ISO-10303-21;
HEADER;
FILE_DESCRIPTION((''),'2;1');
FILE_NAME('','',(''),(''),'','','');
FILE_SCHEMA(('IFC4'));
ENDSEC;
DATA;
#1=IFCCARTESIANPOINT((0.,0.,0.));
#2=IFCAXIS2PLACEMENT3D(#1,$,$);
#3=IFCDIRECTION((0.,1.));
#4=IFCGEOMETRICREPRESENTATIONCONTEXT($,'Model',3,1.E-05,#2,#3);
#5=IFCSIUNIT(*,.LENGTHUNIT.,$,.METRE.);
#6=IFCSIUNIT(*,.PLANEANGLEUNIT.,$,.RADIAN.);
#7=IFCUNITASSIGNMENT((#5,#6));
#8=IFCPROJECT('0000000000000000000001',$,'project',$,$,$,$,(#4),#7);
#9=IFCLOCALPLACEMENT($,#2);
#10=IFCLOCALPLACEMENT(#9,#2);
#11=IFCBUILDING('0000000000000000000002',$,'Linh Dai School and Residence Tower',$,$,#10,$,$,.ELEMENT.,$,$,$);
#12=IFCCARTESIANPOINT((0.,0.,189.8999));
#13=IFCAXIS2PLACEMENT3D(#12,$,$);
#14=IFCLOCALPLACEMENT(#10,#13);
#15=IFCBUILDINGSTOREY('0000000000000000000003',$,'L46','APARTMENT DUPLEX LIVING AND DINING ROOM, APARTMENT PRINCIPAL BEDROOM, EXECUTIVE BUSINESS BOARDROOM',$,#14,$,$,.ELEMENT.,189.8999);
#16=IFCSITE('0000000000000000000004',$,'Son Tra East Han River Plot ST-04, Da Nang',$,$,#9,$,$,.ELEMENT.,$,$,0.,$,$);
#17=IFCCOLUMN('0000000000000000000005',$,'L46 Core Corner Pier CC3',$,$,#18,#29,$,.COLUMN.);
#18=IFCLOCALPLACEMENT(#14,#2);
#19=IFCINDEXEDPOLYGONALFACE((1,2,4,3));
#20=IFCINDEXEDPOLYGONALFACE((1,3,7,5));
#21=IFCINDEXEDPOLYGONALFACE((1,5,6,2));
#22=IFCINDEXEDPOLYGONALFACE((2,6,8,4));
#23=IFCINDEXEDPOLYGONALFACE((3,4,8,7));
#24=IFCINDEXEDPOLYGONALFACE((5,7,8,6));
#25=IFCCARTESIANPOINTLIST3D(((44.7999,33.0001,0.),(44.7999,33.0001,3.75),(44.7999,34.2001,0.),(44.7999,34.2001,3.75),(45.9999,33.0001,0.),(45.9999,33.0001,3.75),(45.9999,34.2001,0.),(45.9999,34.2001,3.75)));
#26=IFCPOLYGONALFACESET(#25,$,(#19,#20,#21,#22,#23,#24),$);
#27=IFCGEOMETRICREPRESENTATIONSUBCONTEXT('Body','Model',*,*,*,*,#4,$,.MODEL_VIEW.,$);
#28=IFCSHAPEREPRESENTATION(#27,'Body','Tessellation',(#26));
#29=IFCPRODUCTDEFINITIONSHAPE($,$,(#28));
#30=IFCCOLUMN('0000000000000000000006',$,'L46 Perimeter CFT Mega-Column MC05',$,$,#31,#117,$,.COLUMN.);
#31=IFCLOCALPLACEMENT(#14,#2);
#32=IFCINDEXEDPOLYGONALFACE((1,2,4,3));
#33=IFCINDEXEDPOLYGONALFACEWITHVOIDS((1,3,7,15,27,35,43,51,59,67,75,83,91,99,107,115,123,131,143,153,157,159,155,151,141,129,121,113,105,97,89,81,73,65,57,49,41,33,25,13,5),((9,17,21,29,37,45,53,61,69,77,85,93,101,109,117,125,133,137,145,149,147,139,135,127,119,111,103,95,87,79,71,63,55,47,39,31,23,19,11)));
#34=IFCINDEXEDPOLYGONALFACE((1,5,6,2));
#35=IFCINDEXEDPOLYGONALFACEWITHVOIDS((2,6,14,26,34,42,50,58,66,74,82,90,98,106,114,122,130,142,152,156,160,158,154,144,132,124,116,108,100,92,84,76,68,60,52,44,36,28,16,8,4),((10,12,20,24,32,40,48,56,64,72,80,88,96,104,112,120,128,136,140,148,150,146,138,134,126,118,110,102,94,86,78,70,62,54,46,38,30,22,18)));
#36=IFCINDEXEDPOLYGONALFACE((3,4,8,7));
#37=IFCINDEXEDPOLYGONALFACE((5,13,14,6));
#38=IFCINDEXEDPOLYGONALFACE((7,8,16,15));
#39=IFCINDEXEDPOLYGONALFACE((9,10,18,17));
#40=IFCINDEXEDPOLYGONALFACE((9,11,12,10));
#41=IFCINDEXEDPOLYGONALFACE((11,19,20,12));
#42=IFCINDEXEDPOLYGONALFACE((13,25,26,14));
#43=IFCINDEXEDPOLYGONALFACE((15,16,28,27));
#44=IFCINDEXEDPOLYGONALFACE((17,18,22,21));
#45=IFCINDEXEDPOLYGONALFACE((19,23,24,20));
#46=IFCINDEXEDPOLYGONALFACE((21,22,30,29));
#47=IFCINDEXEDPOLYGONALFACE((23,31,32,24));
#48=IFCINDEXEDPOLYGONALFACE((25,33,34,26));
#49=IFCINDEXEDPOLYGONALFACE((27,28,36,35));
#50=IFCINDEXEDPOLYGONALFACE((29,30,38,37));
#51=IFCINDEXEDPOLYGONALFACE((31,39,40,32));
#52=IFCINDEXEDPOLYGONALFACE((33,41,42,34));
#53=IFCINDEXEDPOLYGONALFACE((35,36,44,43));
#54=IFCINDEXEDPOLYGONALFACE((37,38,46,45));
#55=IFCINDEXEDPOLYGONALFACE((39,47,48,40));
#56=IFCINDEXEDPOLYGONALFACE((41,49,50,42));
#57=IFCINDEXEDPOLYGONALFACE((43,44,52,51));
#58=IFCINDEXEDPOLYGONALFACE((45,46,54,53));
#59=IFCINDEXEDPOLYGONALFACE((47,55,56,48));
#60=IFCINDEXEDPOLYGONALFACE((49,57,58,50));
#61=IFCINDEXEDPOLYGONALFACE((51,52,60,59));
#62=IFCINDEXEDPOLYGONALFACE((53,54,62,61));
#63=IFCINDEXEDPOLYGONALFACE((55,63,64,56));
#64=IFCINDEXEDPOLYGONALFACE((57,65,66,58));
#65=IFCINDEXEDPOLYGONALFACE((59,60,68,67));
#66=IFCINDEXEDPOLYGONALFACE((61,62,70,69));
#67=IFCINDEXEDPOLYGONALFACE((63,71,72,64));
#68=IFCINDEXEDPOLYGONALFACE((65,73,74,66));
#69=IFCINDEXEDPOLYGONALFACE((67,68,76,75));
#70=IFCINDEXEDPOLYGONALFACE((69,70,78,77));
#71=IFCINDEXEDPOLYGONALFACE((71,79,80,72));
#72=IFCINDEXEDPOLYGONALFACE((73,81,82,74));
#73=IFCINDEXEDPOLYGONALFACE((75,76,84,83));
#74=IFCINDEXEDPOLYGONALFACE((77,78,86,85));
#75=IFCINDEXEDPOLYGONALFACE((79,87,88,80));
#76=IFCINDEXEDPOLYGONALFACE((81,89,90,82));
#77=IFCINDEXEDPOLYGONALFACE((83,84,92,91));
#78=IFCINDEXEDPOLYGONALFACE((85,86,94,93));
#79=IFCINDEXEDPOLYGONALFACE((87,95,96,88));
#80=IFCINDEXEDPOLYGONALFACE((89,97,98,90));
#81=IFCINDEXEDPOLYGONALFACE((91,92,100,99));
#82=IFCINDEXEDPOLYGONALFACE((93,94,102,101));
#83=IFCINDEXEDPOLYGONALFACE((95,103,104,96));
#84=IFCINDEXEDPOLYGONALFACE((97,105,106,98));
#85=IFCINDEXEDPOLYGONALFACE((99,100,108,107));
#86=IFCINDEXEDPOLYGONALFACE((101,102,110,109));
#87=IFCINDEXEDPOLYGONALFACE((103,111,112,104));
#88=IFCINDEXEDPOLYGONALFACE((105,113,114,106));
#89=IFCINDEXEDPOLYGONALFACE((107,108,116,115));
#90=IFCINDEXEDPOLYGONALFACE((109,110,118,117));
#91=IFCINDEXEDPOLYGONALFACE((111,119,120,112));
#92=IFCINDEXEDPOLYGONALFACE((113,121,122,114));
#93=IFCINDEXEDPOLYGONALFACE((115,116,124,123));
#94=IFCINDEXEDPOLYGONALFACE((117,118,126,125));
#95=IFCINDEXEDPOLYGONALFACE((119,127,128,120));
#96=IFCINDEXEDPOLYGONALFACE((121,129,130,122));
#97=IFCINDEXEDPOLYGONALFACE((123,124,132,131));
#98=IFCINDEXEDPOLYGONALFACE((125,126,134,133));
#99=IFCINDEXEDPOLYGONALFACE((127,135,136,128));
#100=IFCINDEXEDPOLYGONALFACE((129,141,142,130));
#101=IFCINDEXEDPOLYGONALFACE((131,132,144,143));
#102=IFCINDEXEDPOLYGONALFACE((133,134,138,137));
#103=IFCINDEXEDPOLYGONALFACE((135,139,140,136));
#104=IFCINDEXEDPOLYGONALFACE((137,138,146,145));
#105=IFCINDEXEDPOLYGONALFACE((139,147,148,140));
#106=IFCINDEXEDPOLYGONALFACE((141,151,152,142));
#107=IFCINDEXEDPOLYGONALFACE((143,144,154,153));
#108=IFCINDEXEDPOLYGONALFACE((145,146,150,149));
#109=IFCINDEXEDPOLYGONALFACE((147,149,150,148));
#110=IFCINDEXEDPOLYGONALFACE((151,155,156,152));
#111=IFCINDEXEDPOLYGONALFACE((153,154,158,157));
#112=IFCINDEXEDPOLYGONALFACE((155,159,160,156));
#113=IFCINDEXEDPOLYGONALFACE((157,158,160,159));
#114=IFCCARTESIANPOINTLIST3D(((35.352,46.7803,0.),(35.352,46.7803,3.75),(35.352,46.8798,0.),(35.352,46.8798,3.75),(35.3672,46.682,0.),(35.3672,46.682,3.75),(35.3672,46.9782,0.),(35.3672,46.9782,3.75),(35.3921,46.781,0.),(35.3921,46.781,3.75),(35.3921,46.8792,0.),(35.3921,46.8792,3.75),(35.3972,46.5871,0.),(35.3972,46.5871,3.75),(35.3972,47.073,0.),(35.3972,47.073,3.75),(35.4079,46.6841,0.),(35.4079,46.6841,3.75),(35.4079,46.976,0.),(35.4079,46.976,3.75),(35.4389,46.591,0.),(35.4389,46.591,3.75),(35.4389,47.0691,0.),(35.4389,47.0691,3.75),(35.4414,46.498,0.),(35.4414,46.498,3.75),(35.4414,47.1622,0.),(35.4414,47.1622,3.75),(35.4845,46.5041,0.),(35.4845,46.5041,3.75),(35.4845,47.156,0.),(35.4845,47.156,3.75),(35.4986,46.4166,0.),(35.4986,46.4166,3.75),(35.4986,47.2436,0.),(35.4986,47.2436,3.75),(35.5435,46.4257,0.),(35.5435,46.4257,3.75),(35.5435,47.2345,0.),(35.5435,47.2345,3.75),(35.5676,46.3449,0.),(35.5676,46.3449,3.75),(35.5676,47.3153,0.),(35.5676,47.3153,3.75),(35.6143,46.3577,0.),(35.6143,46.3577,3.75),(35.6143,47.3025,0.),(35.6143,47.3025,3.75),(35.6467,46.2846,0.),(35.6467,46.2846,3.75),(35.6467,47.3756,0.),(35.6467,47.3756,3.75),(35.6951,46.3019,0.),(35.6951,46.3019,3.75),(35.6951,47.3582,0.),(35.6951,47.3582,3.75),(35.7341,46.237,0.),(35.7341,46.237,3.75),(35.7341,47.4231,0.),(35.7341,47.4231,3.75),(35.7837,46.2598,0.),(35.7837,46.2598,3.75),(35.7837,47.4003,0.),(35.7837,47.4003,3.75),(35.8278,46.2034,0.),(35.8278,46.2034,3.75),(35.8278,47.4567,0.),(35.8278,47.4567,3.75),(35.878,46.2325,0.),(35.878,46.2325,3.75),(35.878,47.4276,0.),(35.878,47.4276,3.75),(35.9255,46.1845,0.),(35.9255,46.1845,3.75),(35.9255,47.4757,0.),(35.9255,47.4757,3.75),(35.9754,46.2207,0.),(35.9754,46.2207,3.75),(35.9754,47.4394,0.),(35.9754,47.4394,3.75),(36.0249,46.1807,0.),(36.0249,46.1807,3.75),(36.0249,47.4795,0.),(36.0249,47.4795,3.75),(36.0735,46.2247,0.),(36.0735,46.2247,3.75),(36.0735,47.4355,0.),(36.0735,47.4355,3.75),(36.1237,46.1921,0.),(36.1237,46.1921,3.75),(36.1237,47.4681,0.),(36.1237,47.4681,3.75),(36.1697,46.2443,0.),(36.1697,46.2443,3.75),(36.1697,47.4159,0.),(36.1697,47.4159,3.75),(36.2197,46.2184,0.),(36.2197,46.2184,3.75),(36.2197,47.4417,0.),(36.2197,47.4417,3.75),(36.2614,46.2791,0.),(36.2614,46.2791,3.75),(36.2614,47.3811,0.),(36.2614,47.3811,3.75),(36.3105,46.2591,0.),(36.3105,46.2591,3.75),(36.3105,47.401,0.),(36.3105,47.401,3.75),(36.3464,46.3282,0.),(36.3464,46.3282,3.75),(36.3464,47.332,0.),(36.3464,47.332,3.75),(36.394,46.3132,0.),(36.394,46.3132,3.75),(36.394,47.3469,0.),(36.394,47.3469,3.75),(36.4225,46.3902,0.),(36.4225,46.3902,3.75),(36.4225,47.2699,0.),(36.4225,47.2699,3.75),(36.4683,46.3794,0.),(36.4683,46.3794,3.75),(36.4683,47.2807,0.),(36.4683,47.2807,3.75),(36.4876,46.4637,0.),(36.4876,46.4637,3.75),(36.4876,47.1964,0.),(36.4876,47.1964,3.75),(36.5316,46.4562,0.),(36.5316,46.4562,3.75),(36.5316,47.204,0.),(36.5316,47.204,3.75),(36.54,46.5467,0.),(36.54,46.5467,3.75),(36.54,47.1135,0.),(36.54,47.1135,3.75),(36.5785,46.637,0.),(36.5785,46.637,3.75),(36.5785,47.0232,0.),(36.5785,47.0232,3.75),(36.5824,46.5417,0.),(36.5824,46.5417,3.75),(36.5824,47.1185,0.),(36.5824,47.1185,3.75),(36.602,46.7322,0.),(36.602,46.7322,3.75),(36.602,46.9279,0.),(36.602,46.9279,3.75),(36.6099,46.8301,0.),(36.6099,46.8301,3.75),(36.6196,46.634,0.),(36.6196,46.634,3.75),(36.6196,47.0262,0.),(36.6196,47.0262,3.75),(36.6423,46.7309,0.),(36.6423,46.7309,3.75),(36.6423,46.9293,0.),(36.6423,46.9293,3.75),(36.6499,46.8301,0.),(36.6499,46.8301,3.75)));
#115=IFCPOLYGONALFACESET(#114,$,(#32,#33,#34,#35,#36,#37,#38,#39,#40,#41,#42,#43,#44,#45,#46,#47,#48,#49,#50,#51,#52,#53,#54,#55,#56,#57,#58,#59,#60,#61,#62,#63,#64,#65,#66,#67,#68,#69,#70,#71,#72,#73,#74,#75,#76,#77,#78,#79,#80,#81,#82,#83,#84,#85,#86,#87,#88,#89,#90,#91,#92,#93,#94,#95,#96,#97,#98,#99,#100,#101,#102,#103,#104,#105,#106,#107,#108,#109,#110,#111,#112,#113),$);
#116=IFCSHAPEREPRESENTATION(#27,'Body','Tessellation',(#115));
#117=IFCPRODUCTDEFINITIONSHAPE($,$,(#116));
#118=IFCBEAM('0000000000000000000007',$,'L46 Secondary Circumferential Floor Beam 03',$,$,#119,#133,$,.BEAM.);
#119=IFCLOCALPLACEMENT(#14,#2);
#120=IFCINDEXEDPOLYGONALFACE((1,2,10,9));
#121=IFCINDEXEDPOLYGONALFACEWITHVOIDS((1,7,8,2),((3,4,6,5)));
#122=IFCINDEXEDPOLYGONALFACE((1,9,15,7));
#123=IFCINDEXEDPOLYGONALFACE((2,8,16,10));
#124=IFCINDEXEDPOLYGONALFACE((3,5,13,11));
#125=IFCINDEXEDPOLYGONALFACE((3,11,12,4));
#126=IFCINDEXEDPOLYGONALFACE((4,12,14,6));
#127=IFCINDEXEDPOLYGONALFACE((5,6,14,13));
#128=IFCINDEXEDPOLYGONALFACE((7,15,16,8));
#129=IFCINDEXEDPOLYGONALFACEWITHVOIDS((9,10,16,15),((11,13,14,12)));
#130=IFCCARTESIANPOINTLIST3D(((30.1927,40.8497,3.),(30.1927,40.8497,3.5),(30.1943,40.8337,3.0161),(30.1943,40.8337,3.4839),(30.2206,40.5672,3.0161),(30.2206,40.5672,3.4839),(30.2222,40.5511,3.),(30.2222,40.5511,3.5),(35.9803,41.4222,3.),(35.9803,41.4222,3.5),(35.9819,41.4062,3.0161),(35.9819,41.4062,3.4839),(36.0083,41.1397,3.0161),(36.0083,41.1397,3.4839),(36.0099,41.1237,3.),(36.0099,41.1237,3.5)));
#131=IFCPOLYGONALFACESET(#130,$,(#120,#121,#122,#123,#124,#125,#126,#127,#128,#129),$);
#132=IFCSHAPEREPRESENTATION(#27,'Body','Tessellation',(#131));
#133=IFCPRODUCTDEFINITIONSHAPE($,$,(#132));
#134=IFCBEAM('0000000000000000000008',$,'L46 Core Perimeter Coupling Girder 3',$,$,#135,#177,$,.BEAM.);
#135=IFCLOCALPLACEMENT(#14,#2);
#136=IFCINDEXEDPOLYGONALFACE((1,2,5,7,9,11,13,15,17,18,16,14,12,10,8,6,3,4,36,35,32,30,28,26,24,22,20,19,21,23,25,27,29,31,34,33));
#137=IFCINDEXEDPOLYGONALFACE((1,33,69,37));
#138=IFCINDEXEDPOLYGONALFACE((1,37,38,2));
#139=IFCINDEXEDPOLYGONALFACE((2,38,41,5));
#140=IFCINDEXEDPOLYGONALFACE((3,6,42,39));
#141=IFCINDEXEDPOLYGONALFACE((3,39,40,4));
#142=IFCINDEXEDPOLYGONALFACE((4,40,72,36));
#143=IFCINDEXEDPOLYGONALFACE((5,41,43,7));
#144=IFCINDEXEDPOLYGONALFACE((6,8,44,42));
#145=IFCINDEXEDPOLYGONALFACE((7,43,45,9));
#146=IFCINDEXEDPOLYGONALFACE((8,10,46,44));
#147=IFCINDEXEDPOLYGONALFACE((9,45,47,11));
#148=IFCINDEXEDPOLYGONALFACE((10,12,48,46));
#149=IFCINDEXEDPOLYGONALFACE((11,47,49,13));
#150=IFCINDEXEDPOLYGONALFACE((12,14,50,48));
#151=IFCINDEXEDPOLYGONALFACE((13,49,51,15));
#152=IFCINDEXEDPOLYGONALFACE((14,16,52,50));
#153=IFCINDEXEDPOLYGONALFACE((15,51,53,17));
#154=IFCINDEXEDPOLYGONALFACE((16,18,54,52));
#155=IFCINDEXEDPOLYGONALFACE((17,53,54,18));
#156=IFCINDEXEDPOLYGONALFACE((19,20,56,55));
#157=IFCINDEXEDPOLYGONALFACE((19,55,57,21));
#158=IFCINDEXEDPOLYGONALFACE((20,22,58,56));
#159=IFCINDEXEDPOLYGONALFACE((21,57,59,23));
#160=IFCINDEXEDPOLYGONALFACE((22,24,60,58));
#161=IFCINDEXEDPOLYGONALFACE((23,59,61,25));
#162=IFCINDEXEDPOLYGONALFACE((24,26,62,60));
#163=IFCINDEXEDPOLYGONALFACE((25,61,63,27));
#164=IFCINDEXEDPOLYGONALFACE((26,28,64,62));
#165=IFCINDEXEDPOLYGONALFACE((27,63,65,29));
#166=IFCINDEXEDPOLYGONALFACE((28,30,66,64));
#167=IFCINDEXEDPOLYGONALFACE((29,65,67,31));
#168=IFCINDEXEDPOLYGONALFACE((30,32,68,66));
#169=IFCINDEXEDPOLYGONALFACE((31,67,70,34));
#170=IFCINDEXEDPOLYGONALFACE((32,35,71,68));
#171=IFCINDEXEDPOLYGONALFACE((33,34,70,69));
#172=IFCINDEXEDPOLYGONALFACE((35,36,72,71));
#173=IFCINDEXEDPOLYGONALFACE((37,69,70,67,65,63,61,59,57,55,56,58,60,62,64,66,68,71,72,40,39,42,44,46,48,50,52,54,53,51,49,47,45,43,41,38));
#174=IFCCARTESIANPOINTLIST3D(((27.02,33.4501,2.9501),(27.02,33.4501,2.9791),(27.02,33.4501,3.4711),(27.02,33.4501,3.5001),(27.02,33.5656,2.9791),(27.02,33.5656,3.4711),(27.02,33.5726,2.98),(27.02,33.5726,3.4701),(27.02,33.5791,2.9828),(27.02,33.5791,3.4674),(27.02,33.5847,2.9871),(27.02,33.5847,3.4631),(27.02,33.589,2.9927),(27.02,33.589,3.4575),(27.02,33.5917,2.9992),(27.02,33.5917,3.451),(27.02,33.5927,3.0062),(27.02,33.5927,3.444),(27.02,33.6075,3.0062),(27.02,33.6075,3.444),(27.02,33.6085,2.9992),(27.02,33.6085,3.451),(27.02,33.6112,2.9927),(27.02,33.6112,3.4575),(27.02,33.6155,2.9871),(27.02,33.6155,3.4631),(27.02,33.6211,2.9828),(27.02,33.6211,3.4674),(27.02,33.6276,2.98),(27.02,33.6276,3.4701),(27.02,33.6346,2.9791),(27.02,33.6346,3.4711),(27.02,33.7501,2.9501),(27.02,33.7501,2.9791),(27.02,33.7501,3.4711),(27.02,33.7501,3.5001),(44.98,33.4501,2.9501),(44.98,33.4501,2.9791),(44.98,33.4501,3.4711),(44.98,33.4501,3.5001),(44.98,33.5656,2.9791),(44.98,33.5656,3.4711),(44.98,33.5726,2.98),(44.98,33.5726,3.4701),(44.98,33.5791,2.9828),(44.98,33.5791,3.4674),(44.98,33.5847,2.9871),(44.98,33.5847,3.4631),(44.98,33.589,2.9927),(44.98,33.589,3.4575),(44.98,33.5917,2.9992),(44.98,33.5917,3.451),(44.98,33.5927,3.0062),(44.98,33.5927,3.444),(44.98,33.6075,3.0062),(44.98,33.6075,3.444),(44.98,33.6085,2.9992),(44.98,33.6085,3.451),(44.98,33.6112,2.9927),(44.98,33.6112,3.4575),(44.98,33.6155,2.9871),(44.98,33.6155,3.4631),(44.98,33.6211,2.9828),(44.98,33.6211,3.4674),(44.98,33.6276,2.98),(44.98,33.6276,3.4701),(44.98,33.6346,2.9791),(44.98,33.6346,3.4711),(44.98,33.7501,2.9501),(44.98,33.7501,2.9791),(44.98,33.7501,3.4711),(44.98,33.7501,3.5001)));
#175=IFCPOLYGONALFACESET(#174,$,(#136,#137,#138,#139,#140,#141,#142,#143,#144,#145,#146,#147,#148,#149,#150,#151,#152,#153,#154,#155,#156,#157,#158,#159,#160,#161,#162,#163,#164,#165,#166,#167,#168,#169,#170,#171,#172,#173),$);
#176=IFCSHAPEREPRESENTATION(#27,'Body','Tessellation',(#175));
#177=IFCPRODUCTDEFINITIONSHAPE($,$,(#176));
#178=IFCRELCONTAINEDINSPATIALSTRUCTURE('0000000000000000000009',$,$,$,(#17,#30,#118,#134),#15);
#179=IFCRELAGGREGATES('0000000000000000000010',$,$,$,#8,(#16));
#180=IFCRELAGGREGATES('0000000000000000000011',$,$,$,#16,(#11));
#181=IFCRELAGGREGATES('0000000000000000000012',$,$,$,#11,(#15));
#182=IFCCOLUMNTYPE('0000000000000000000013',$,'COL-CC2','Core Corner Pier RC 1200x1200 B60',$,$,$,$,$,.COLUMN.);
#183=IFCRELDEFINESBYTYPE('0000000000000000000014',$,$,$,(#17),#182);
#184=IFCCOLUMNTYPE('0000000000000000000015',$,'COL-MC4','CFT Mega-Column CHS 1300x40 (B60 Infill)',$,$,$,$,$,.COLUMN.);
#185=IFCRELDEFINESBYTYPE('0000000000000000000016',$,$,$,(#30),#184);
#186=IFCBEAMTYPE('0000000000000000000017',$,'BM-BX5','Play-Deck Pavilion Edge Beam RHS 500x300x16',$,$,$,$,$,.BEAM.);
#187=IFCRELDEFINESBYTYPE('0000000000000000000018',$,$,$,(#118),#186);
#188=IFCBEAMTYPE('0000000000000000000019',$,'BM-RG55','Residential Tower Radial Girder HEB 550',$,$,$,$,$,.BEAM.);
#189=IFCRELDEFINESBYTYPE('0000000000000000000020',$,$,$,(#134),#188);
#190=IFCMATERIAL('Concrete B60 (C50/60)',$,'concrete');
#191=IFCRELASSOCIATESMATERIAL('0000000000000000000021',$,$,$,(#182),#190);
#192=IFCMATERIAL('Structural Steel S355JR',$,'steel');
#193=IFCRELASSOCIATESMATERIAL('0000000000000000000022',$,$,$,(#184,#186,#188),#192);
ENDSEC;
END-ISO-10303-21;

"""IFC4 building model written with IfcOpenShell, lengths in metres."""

from ifc_helpers import new_model, si_unit, direction, frame, origin, origin_2d, place, context, subcontext, project, spatial, rectangle, hollow_rectangle, hollow_circle, i_section, extrude, material, material_profile, profile_set, type_object, element, save


model = new_model("IFC4")

# Units and contexts
model_context = context("Model", 3, precision=1e-05, world=origin(), true_north=direction((0.0, 1.0)))
body_context = subcontext(model_context, "Body", "Model", "MODEL_VIEW")
ifc_project = project(units=[si_unit("LENGTHUNIT", "METRE"), si_unit("PLANEANGLEUNIT", "RADIAN")], contexts=[model_context])

# Site, building, storey
site_placement = place(None, origin())
site = spatial("IfcSite", under=ifc_project, at=site_placement, Name="Son Tra East Han River Plot ST-04, Da Nang", CompositionType="ELEMENT", RefElevation=0.0)
building_placement = place(site_placement, origin())
building = spatial("IfcBuilding", under=site, at=building_placement, Name="Linh Dai School and Residence Tower", CompositionType="ELEMENT")
storey_placement = place(building_placement, frame((0.0, 0.0, 189.8999)))
storey = spatial("IfcBuildingStorey", under=building, at=storey_placement, Name="L46", Description="APARTMENT DUPLEX LIVING AND DINING ROOM, APARTMENT PRINCIPAL BEDROOM, EXECUTIVE BUSINESS BOARDROOM", CompositionType="ELEMENT", Elevation=189.8999)

# Columns
ifc_material_1 = material(Name="Concrete B60 (C50/60)", Category="concrete")
ifc_material_profile_1 = material_profile(ifc_material_1, rectangle(XDim=1.2, YDim=1.2, at=origin_2d()), Name="RC 1200x1200")
ifc_profile_set_1 = profile_set([ifc_material_profile_1], Name="Concrete B60 (C50/60)")
column_type_1 = type_object("IfcColumnType", Name="COL-CC2", Description="Core Corner Pier RC 1200x1200 B60", PredefinedType="COLUMN", material=ifc_profile_set_1)
column_1_placement = place(storey_placement, frame((45.3999, 33.6001, 0.0), z_axis=(0.0, 0.0, 1.0), x_axis=(1.0, 0.0, 0.0)))
element("IfcColumn", 1, at=column_1_placement, inside=storey, type_object=column_type_1, Name="L46 Core Corner Pier CC3", PredefinedType="COLUMN", context=body_context, shape_type="SweptSolid", body=[
    extrude(rectangle(XDim=1.2, YDim=1.2, at=origin_2d()), origin(), (0.0, 0.0, 1.0), 3.75),
])
ifc_material_2 = material(Name="Structural Steel S355JR", Category="steel")
ifc_material_profile_2 = material_profile(ifc_material_2, hollow_circle(Radius=0.6499, WallThickness=0.04, at=origin_2d()), Name="CHS 1300x40")
ifc_profile_set_2 = profile_set([ifc_material_profile_2], Name="Structural Steel S355JR")
column_type_2 = type_object("IfcColumnType", Name="COL-MC4", Description="CFT Mega-Column CHS 1300x40 (B60 Infill)", PredefinedType="COLUMN", material=ifc_profile_set_2)
column_2_placement = place(storey_placement, frame((36.0, 46.8301, 0.0), z_axis=(0.0, 0.0, 1.0), x_axis=(1.0, 0.0, 0.0)))
element("IfcColumn", 2, at=column_2_placement, inside=storey, type_object=column_type_2, Name="L46 Perimeter CFT Mega-Column MC05", PredefinedType="COLUMN", context=body_context, shape_type="SweptSolid", body=[
    extrude(hollow_circle(Radius=0.6499, WallThickness=0.04, at=origin_2d()), origin(), (0.0, 0.0, 1.0), 3.75),
])

# Beams
ifc_material_profile_3 = material_profile(ifc_material_2, hollow_rectangle(XDim=0.3, YDim=0.5, WallThickness=0.0161, at=origin_2d()), Name="RHS 500x300x16")
ifc_profile_set_3 = profile_set([ifc_material_profile_3], Name="Structural Steel S355JR")
beam_type_1 = type_object("IfcBeamType", Name="BM-BX5", Description="Play-Deck Pavilion Edge Beam RHS 500x300x16", PredefinedType="BEAM", material=ifc_profile_set_3)
beam_1_placement = place(storey_placement, frame((35.9951, 41.2729, 3.25), z_axis=(-0.995143, -0.09844, 0.0), x_axis=(0.09844, -0.995143, 0.0)))
element("IfcBeam", 3, at=beam_1_placement, inside=storey, type_object=beam_type_1, Name="L46 Secondary Circumferential Floor Beam 03", PredefinedType="BEAM", context=body_context, shape_type="SweptSolid", body=[
    extrude(hollow_rectangle(XDim=0.3, YDim=0.5, WallThickness=0.0161, at=origin_2d()), origin(), (0.0, 0.0, 1.0), 5.8159),
])
ifc_material_profile_4 = material_profile(ifc_material_2, i_section(OverallWidth=0.3, OverallDepth=0.55, WebThickness=0.0149, FlangeThickness=0.0291, FilletRadius=0.0271, at=origin_2d()), Name="HEB 550")
ifc_profile_set_4 = profile_set([ifc_material_profile_4], Name="Structural Steel S355JR")
beam_type_2 = type_object("IfcBeamType", Name="BM-RG55", Description="Residential Tower Radial Girder HEB 550", PredefinedType="BEAM", material=ifc_profile_set_4)
beam_2_placement = place(storey_placement, frame((44.98, 33.6001, 3.2251), z_axis=(-1.0, 0.0, 0.0), x_axis=(0.0, -1.0, 0.0)))
element("IfcBeam", 4, at=beam_2_placement, inside=storey, type_object=beam_type_2, Name="L46 Core Perimeter Coupling Girder 3", PredefinedType="BEAM", context=body_context, shape_type="SweptSolid", body=[
    extrude(i_section(OverallWidth=0.3, OverallDepth=0.55, WebThickness=0.0149, FlangeThickness=0.0291, FilletRadius=0.0271, at=origin_2d()), origin(), (0.0, 0.0, 1.0), 17.96),
])

save(model, "model.ifc")
